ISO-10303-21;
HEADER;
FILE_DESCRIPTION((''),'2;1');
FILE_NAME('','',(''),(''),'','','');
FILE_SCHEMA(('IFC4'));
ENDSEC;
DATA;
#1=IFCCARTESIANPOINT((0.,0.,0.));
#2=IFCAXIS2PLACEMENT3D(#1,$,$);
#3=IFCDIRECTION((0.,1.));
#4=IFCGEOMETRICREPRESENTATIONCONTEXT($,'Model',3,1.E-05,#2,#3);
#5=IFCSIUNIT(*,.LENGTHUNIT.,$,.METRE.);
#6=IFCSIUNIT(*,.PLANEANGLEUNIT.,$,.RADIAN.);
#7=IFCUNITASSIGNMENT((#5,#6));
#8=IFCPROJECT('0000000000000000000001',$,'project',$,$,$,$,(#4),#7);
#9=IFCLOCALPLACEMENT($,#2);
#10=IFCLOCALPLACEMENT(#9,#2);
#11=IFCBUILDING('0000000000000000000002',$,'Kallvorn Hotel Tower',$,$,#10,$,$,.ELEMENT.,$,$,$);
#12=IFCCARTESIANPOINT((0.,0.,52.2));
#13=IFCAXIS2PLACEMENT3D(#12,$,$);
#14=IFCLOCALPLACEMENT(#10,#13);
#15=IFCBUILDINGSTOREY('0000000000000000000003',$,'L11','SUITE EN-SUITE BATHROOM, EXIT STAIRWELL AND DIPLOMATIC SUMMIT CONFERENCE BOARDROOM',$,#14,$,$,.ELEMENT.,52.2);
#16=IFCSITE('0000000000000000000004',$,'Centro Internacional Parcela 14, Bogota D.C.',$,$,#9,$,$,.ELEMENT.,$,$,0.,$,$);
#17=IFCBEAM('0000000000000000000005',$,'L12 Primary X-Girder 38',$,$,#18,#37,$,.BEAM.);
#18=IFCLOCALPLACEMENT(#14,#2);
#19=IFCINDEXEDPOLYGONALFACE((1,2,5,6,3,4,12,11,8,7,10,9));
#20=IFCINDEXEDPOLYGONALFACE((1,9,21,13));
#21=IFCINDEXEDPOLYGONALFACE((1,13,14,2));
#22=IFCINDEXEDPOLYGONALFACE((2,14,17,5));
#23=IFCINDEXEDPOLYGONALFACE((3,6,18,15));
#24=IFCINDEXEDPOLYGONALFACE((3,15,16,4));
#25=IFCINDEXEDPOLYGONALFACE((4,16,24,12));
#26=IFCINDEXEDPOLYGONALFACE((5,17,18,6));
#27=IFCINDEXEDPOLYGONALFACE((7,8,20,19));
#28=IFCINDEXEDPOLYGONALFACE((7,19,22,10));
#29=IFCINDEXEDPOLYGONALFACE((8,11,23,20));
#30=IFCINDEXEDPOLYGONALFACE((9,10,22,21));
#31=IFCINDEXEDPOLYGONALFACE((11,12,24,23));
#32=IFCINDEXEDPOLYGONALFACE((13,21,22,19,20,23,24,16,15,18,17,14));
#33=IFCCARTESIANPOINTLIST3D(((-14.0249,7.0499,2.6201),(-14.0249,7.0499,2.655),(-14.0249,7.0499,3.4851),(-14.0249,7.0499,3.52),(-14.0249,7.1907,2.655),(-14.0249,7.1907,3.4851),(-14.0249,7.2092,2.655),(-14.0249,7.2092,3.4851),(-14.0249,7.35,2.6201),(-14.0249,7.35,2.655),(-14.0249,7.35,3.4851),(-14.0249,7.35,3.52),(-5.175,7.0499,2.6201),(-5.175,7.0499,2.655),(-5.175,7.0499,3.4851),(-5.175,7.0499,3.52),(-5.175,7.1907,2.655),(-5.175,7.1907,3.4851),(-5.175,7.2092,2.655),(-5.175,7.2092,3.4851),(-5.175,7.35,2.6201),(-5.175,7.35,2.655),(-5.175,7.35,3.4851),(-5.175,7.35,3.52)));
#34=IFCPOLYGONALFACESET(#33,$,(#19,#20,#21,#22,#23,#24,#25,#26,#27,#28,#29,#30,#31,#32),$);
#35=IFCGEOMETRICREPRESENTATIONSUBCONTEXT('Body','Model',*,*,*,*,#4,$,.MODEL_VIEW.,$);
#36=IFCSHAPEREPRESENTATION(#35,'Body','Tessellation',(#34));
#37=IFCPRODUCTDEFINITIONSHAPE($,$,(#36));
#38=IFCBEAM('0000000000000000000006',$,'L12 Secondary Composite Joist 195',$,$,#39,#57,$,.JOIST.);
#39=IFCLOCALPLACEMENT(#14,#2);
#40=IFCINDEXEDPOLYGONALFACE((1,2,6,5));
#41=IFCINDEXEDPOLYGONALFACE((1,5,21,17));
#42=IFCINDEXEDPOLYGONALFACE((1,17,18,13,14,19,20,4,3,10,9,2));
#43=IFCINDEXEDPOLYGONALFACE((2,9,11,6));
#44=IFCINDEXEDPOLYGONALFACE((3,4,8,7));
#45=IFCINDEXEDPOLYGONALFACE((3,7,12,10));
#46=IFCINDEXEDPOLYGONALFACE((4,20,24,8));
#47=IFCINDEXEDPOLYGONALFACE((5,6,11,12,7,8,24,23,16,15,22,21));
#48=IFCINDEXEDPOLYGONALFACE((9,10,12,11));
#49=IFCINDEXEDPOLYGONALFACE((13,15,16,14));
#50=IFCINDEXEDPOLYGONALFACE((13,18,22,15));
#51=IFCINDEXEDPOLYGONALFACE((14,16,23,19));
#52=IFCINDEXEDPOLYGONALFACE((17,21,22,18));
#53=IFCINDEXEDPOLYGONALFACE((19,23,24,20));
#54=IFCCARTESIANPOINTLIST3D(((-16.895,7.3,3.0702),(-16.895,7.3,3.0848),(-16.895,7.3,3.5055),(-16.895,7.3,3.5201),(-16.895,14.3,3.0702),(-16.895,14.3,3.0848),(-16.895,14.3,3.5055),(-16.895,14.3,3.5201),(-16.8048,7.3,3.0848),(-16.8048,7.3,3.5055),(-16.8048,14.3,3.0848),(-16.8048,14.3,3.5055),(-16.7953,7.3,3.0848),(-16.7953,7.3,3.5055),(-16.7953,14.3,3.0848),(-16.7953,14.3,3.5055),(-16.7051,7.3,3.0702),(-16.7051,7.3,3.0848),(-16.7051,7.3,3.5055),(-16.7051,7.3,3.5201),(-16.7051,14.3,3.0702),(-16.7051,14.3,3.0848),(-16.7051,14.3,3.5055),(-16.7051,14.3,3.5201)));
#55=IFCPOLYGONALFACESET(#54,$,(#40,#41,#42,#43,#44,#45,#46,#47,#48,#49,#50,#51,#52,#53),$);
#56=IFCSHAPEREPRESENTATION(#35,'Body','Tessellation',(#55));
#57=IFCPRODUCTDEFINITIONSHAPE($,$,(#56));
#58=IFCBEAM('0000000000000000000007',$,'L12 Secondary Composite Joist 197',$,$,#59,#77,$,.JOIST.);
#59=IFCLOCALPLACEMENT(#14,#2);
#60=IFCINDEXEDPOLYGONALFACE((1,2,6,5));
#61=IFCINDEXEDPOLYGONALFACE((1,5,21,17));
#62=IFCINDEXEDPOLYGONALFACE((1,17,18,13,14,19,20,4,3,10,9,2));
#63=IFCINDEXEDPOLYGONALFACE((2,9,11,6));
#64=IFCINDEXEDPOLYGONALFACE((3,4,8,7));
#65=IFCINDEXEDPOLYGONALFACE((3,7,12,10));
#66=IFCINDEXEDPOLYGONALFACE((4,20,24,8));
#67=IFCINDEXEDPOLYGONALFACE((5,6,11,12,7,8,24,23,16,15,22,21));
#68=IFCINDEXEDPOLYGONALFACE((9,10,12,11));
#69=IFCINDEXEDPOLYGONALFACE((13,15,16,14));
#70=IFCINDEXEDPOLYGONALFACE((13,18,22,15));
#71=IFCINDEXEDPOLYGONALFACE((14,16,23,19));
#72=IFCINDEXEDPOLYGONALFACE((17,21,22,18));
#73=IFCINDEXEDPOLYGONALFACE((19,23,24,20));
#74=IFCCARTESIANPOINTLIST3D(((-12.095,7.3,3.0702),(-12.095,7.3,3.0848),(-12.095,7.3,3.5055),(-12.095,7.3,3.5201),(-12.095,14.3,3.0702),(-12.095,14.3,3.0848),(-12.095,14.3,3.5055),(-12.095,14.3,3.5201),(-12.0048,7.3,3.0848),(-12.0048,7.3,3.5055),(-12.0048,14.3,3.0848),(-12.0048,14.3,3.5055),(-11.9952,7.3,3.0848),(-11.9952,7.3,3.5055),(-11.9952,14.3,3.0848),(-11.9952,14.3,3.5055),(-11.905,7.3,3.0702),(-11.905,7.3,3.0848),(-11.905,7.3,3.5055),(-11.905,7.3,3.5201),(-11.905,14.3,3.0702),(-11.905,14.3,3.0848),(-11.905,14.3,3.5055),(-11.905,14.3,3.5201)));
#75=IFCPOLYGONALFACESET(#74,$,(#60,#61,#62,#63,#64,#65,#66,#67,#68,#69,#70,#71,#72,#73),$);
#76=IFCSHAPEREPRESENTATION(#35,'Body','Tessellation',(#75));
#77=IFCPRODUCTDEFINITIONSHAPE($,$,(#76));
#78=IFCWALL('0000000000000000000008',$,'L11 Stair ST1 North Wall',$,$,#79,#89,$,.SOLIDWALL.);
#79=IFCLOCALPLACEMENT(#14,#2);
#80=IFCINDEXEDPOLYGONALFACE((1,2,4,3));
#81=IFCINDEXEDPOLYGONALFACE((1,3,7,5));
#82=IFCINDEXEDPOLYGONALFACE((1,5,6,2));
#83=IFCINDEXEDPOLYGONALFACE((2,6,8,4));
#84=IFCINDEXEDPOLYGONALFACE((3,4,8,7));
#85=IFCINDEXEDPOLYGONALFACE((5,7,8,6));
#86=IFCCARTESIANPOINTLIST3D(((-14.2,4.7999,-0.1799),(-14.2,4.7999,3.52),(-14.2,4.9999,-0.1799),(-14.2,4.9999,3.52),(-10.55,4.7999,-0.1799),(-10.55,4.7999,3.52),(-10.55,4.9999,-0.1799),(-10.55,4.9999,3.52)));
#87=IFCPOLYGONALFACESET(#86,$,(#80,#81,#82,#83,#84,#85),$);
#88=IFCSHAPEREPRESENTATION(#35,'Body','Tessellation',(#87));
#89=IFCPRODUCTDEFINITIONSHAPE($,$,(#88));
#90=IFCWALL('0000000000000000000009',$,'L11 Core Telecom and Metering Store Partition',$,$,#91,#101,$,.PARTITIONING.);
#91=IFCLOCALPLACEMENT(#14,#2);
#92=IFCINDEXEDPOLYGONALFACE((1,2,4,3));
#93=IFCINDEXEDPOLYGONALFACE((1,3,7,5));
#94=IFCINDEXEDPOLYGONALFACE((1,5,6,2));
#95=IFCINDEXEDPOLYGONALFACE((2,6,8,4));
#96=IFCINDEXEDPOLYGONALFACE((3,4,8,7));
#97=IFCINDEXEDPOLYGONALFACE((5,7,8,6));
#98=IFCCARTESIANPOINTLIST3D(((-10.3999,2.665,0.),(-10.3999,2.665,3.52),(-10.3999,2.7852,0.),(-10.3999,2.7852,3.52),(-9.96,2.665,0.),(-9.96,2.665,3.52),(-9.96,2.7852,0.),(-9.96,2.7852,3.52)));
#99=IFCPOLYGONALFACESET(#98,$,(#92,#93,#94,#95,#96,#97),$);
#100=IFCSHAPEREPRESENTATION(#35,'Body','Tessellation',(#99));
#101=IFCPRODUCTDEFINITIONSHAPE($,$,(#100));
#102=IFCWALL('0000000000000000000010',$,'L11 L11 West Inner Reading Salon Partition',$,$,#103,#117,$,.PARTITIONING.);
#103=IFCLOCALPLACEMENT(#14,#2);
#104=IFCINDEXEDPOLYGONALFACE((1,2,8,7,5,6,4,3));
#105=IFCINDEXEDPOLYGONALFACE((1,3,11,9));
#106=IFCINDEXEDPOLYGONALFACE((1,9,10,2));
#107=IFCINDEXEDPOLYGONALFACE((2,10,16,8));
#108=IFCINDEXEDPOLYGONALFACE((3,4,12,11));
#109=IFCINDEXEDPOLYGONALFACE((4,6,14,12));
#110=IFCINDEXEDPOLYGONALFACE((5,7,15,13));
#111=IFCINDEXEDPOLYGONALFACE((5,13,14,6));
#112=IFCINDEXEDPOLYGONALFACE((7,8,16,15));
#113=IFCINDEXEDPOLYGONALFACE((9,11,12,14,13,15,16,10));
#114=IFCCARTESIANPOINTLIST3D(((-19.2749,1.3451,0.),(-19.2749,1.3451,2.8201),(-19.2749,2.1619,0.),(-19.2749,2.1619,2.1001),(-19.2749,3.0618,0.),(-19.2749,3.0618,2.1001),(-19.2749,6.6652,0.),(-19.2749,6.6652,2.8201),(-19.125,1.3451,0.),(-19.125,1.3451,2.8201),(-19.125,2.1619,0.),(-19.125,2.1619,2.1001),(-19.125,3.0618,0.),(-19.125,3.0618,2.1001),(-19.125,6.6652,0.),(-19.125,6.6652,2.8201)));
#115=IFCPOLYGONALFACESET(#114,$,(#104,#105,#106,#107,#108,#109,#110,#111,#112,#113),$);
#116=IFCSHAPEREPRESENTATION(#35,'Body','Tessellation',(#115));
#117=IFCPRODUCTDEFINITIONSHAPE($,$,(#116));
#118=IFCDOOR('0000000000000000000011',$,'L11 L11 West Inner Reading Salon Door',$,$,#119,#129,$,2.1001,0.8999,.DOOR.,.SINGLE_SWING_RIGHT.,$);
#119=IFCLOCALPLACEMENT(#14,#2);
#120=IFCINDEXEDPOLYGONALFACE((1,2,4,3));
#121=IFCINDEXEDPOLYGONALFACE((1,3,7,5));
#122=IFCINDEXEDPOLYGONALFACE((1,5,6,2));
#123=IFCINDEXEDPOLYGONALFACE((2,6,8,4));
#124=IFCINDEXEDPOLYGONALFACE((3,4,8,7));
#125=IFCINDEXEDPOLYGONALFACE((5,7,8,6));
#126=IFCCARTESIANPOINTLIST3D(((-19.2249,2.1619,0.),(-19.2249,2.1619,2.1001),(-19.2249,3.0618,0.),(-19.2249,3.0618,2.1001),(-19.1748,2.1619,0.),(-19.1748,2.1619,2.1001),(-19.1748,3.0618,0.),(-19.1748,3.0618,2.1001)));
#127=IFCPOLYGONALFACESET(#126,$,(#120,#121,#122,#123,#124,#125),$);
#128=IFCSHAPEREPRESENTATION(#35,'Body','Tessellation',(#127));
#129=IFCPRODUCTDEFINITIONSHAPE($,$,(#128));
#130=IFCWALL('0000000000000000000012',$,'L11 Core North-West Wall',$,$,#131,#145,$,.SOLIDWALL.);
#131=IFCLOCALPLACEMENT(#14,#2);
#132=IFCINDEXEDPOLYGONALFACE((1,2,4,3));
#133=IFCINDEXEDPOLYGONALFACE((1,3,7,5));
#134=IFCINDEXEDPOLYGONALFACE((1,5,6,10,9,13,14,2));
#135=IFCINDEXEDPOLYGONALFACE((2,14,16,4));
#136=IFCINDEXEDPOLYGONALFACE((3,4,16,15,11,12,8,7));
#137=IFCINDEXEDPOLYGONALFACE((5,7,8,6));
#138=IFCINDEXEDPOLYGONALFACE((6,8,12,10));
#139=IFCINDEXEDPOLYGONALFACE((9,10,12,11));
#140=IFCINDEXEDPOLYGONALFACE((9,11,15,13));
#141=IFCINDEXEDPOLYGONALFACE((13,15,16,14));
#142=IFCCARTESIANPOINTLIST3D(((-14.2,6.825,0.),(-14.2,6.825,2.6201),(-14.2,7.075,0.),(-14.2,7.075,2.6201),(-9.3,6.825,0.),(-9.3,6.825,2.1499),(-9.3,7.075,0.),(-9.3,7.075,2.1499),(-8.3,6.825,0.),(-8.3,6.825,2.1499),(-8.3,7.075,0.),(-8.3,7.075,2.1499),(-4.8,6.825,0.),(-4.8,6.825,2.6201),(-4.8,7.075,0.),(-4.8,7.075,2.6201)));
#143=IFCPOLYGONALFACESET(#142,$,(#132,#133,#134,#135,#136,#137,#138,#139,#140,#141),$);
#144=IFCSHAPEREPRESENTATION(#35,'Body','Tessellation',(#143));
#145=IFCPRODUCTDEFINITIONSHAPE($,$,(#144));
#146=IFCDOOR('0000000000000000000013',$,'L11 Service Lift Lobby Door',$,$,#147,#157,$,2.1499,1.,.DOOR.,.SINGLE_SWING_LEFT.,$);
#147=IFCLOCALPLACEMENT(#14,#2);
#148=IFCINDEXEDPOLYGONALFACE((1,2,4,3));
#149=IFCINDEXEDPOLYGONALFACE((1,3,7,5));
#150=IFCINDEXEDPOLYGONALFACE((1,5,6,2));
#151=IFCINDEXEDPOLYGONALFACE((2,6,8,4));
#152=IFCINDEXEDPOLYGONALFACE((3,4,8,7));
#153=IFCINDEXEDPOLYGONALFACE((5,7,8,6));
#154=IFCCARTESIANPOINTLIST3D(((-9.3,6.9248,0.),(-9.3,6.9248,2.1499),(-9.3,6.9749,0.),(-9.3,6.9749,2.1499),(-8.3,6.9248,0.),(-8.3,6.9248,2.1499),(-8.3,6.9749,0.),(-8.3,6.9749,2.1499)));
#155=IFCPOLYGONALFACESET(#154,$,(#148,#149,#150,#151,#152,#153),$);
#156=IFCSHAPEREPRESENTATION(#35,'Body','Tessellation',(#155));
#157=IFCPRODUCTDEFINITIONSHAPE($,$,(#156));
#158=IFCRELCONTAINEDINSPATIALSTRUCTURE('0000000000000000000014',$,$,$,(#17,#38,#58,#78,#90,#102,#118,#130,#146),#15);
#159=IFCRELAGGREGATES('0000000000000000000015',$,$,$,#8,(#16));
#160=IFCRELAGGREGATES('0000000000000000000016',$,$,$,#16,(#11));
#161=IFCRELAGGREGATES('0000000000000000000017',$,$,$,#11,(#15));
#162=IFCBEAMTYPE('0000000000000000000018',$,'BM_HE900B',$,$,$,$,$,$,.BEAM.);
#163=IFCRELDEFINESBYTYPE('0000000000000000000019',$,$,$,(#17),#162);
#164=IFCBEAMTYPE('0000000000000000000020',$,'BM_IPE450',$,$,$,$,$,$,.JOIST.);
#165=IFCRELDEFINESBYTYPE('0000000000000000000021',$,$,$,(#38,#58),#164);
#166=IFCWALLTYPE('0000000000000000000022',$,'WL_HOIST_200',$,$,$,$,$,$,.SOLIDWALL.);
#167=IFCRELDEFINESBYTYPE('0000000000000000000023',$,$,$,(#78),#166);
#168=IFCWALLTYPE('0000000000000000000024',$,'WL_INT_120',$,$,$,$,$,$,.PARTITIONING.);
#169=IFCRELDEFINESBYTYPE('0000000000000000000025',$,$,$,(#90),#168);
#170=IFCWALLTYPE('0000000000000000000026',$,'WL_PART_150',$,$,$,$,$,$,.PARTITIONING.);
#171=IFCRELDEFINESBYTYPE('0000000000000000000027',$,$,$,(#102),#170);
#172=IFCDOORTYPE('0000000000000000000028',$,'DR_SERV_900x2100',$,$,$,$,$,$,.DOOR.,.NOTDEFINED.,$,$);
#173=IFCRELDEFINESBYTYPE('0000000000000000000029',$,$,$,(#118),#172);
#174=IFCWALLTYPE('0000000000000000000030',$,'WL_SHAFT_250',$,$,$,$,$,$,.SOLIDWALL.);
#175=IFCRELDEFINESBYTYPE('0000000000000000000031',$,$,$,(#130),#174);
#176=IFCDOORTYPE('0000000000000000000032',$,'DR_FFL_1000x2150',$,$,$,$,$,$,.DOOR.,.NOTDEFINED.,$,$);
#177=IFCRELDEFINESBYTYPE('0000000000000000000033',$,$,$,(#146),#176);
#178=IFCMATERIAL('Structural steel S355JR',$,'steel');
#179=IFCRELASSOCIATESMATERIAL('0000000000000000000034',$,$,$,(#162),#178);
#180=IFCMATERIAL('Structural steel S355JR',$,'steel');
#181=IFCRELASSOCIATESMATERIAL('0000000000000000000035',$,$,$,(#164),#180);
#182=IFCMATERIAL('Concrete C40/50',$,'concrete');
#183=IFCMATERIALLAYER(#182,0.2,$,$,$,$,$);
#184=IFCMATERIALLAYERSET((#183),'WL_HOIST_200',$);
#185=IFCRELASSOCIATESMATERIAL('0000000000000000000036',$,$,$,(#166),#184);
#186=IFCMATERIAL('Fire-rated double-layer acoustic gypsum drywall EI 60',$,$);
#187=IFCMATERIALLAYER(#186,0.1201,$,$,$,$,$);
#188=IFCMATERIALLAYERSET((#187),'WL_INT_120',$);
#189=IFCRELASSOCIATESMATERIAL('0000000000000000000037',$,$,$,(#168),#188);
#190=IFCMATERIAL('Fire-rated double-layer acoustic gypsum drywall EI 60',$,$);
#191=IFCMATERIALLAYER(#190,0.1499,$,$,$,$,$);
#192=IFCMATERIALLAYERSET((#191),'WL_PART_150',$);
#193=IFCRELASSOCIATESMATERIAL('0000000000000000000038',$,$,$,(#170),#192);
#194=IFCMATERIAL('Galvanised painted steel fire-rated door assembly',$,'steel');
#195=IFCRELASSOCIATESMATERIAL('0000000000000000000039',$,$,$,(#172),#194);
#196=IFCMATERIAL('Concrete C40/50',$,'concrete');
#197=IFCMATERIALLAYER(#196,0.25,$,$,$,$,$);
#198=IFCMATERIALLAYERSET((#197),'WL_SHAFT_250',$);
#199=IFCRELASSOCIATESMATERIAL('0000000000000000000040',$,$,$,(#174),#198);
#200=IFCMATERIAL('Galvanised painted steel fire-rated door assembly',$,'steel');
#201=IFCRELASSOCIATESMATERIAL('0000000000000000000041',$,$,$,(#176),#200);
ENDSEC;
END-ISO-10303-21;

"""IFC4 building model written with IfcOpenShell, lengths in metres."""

from ifc_helpers import new_model, si_unit, direction, frame, frame_2d, origin, origin_2d, place, context, subcontext, project, spatial, rectangle, i_section, extrude, material, layer, layer_set, material_profile, profile_set, type_object, element, fill, save


model = new_model("IFC4")

# Units and contexts
model_context = context("Model", 3, precision=1e-05, world=origin(), true_north=direction((0.0, 1.0)))
body_context = subcontext(model_context, "Body", "Model", "MODEL_VIEW")
ifc_project = project(units=[si_unit("LENGTHUNIT", "METRE"), si_unit("PLANEANGLEUNIT", "RADIAN")], contexts=[model_context])

# Site, building, storey
site_placement = place(None, origin())
site = spatial("IfcSite", under=ifc_project, at=site_placement, Name="Centro Internacional Parcela 14, Bogota D.C.", CompositionType="ELEMENT", RefElevation=0.0)
building_placement = place(site_placement, origin())
building = spatial("IfcBuilding", under=site, at=building_placement, Name="Kallvorn Hotel Tower", CompositionType="ELEMENT")
storey_placement = place(building_placement, frame((0.0, 0.0, 52.2)))
storey = spatial("IfcBuildingStorey", under=building, at=storey_placement, Name="L11", Description="SUITE EN-SUITE BATHROOM, EXIT STAIRWELL AND DIPLOMATIC SUMMIT CONFERENCE BOARDROOM", CompositionType="ELEMENT", Elevation=52.2)

# Beams
ifc_material_1 = material(Name="Structural steel S355JR", Category="steel")
ifc_material_profile_1 = material_profile(ifc_material_1, i_section(OverallWidth=0.3, OverallDepth=0.8999, WebThickness=0.0186, FlangeThickness=0.0349, at=origin_2d()), Name="HE 900 B")
ifc_profile_set_1 = profile_set([ifc_material_profile_1], Name="Structural steel S355JR")
beam_type_1 = type_object("IfcBeamType", Name="BM_HE900B", PredefinedType="BEAM", material=ifc_profile_set_1)
beam_1_placement = place(storey_placement, frame((-14.0249, 7.2, 3.0701), z_axis=(1.0, 0.0, 0.0), x_axis=(0.0, 1.0, 0.0)))
element("IfcBeam", 1, at=beam_1_placement, inside=storey, type_object=beam_type_1, Name="L12 Primary X-Girder 38", PredefinedType="BEAM", context=body_context, shape_type="SweptSolid", body=[
    extrude(i_section(OverallWidth=0.3, OverallDepth=0.8999, WebThickness=0.0186, FlangeThickness=0.0349, at=origin_2d()), origin(), (0.0, 0.0, 1.0), 8.8499),
])
ifc_material_2 = material(Name="Structural steel S355JR", Category="steel")
ifc_material_profile_2 = material_profile(ifc_material_2, i_section(OverallWidth=0.1899, OverallDepth=0.45, WebThickness=0.0095, FlangeThickness=0.0146, at=origin_2d()), Name="IPE 450")
ifc_profile_set_2 = profile_set([ifc_material_profile_2], Name="Structural steel S355JR")
beam_type_2 = type_object("IfcBeamType", Name="BM_IPE450", PredefinedType="JOIST", material=ifc_profile_set_2)
for number, where, z_axis, x_axis, name in (
    (2, (-16.8, 7.3, 3.2952), (0.0, 1.0, 0.0), (-1.0, 0.0, 0.0), "L12 Secondary Composite Joist 195"),
    (3, (-12.0, 7.3, 3.2952), (0.0, 1.0, 0.0), (-1.0, 0.0, 0.0), "L12 Secondary Composite Joist 197"),
):
    element("IfcBeam", number, at=place(storey_placement, frame(where, z_axis=z_axis, x_axis=x_axis)), inside=storey, type_object=beam_type_2, Name=name, PredefinedType="JOIST", context=body_context, shape_type="SweptSolid", body=[
        extrude(i_section(OverallWidth=0.1899, OverallDepth=0.45, WebThickness=0.0095, FlangeThickness=0.0146, at=origin_2d()), origin(), (0.0, 0.0, 1.0), 7.0),
    ])

# Walls
ifc_material_3 = material(Name="Concrete C40/50", Category="concrete")
ifc_layer_1 = layer(ifc_material_3, 0.2)
ifc_layer_set_1 = layer_set([ifc_layer_1], Name="WL_HOIST_200")
wall_type_1 = type_object("IfcWallType", Name="WL_HOIST_200", PredefinedType="SOLIDWALL", material=ifc_layer_set_1)
wall_1_placement = place(storey_placement, frame((-14.2, 4.8999, -0.1799), z_axis=(0.0, 0.0, 1.0), x_axis=(1.0, 0.0, 0.0)))
element("IfcWall", 4, at=wall_1_placement, inside=storey, type_object=wall_type_1, Name="L11 Stair ST1 North Wall", PredefinedType="SOLIDWALL", context=body_context, shape_type="SweptSolid", body=[
    extrude(rectangle(XDim=3.6499, YDim=0.2, at=frame_2d((1.825, 0.0))), origin(), (0.0, 0.0, 1.0), 3.7),
])
ifc_material_4 = material(Name="Fire-rated double-layer acoustic gypsum drywall EI 60")
ifc_layer_2 = layer(ifc_material_4, 0.1201)
ifc_layer_set_2 = layer_set([ifc_layer_2], Name="WL_INT_120")
wall_type_2 = type_object("IfcWallType", Name="WL_INT_120", PredefinedType="PARTITIONING", material=ifc_layer_set_2)
wall_2_placement = place(storey_placement, frame((-10.3999, 2.7251, 0.0), z_axis=(0.0, 0.0, 1.0), x_axis=(1.0, 0.0, 0.0)))
element("IfcWall", 5, at=wall_2_placement, inside=storey, type_object=wall_type_2, Name="L11 Core Telecom and Metering Store Partition", PredefinedType="PARTITIONING", context=body_context, shape_type="SweptSolid", body=[
    extrude(rectangle(XDim=0.4399, YDim=0.1201, at=frame_2d((0.22, 0.0))), origin(), (0.0, 0.0, 1.0), 3.52),
])

# Walls, openings, doors
ifc_material_5 = material(Name="Fire-rated double-layer acoustic gypsum drywall EI 60")
ifc_layer_3 = layer(ifc_material_5, 0.1499)
ifc_layer_set_3 = layer_set([ifc_layer_3], Name="WL_PART_150")
wall_type_3 = type_object("IfcWallType", Name="WL_PART_150", PredefinedType="PARTITIONING", material=ifc_layer_set_3)
wall_3_placement = place(storey_placement, frame((-19.2, 1.345, 0.0), z_axis=(0.0, 0.0, 1.0), x_axis=(0.0, 1.0, 0.0)))
wall_3 = element("IfcWall", 6, at=wall_3_placement, inside=storey, type_object=wall_type_3, Name="L11 L11 West Inner Reading Salon Partition", PredefinedType="PARTITIONING", context=body_context, shape_type="SweptSolid", body=[
    extrude(rectangle(XDim=5.3201, YDim=0.1499, at=frame_2d((2.6602, 0.0))), origin(), (0.0, 0.0, 1.0), 2.8201),
])
opening_1_placement = place(wall_3_placement, frame((0.8169, 0.0, 0.0)))
opening_1 = element("IfcOpeningElement", 7, at=opening_1_placement, cuts=wall_3, PredefinedType="OPENING", context=body_context, shape_type="SweptSolid", body=[
    extrude(rectangle(XDim=0.8999, YDim=2.1001, at=frame_2d((0.45, 1.05))), frame((0.0, 0.0898, 0.0), z_axis=(0.0, -1.0, 0.0), x_axis=(1.0, 0.0, 0.0)), (0.0, 0.0, 1.0), 0.1799),
])
ifc_material_6 = material(Name="Galvanised painted steel fire-rated door assembly", Category="steel")
door_type_1 = type_object("IfcDoorType", Name="DR_SERV_900x2100", OperationType="NOTDEFINED", PredefinedType="DOOR", material=ifc_material_6)
door_1_placement = place(opening_1_placement, origin())
door_1 = element("IfcDoor", 8, at=door_1_placement, inside=storey, type_object=door_type_1, Name="L11 L11 West Inner Reading Salon Door", OperationType="SINGLE_SWING_RIGHT", OverallHeight=2.1001, OverallWidth=0.8999, PredefinedType="DOOR", context=body_context, shape_type="SweptSolid", body=[
    extrude(rectangle(XDim=0.8999, YDim=2.1001, at=frame_2d((0.45, 1.05))), frame((0.0, 0.0249, 0.0), z_axis=(0.0, -1.0, 0.0), x_axis=(1.0, 0.0, 0.0)), (0.0, 0.0, 1.0), 0.05),
])
fill(opening_1, door_1)
ifc_material_7 = material(Name="Concrete C40/50", Category="concrete")
ifc_layer_4 = layer(ifc_material_7, 0.25)
ifc_layer_set_4 = layer_set([ifc_layer_4], Name="WL_SHAFT_250")
wall_type_4 = type_object("IfcWallType", Name="WL_SHAFT_250", PredefinedType="SOLIDWALL", material=ifc_layer_set_4)
wall_4_placement = place(storey_placement, frame((-14.2, 6.95, 0.0), z_axis=(0.0, 0.0, 1.0), x_axis=(1.0, 0.0, 0.0)))
wall_4 = element("IfcWall", 9, at=wall_4_placement, inside=storey, type_object=wall_type_4, Name="L11 Core North-West Wall", PredefinedType="SOLIDWALL", context=body_context, shape_type="SweptSolid", body=[
    extrude(rectangle(XDim=9.3999, YDim=0.25, at=frame_2d((4.7, 0.0))), origin(), (0.0, 0.0, 1.0), 2.6201),
])
opening_2_placement = place(wall_4_placement, frame((4.8999, 0.0, 0.0)))
opening_2 = element("IfcOpeningElement", 10, at=opening_2_placement, cuts=wall_4, PredefinedType="OPENING", context=body_context, shape_type="SweptSolid", body=[
    extrude(rectangle(XDim=1.0, YDim=2.1499, at=frame_2d((0.5, 1.075))), frame((0.0, 0.1399, 0.0), z_axis=(0.0, -1.0, 0.0), x_axis=(1.0, 0.0, 0.0)), (0.0, 0.0, 1.0), 0.28),
])
ifc_material_8 = material(Name="Galvanised painted steel fire-rated door assembly", Category="steel")
door_type_2 = type_object("IfcDoorType", Name="DR_FFL_1000x2150", OperationType="NOTDEFINED", PredefinedType="DOOR", material=ifc_material_8)
door_2_placement = place(opening_2_placement, origin())
door_2 = element("IfcDoor", 11, at=door_2_placement, inside=storey, type_object=door_type_2, Name="L11 Service Lift Lobby Door", OperationType="SINGLE_SWING_LEFT", OverallHeight=2.1499, OverallWidth=1.0, PredefinedType="DOOR", context=body_context, shape_type="SweptSolid", body=[
    extrude(rectangle(XDim=1.0, YDim=2.1499, at=frame_2d((0.5, 1.075))), frame((0.0, 0.0249, 0.0), z_axis=(0.0, -1.0, 0.0), x_axis=(1.0, 0.0, 0.0)), (0.0, 0.0, 1.0), 0.05),
])
fill(opening_2, door_2)

save(model, "model.ifc")
